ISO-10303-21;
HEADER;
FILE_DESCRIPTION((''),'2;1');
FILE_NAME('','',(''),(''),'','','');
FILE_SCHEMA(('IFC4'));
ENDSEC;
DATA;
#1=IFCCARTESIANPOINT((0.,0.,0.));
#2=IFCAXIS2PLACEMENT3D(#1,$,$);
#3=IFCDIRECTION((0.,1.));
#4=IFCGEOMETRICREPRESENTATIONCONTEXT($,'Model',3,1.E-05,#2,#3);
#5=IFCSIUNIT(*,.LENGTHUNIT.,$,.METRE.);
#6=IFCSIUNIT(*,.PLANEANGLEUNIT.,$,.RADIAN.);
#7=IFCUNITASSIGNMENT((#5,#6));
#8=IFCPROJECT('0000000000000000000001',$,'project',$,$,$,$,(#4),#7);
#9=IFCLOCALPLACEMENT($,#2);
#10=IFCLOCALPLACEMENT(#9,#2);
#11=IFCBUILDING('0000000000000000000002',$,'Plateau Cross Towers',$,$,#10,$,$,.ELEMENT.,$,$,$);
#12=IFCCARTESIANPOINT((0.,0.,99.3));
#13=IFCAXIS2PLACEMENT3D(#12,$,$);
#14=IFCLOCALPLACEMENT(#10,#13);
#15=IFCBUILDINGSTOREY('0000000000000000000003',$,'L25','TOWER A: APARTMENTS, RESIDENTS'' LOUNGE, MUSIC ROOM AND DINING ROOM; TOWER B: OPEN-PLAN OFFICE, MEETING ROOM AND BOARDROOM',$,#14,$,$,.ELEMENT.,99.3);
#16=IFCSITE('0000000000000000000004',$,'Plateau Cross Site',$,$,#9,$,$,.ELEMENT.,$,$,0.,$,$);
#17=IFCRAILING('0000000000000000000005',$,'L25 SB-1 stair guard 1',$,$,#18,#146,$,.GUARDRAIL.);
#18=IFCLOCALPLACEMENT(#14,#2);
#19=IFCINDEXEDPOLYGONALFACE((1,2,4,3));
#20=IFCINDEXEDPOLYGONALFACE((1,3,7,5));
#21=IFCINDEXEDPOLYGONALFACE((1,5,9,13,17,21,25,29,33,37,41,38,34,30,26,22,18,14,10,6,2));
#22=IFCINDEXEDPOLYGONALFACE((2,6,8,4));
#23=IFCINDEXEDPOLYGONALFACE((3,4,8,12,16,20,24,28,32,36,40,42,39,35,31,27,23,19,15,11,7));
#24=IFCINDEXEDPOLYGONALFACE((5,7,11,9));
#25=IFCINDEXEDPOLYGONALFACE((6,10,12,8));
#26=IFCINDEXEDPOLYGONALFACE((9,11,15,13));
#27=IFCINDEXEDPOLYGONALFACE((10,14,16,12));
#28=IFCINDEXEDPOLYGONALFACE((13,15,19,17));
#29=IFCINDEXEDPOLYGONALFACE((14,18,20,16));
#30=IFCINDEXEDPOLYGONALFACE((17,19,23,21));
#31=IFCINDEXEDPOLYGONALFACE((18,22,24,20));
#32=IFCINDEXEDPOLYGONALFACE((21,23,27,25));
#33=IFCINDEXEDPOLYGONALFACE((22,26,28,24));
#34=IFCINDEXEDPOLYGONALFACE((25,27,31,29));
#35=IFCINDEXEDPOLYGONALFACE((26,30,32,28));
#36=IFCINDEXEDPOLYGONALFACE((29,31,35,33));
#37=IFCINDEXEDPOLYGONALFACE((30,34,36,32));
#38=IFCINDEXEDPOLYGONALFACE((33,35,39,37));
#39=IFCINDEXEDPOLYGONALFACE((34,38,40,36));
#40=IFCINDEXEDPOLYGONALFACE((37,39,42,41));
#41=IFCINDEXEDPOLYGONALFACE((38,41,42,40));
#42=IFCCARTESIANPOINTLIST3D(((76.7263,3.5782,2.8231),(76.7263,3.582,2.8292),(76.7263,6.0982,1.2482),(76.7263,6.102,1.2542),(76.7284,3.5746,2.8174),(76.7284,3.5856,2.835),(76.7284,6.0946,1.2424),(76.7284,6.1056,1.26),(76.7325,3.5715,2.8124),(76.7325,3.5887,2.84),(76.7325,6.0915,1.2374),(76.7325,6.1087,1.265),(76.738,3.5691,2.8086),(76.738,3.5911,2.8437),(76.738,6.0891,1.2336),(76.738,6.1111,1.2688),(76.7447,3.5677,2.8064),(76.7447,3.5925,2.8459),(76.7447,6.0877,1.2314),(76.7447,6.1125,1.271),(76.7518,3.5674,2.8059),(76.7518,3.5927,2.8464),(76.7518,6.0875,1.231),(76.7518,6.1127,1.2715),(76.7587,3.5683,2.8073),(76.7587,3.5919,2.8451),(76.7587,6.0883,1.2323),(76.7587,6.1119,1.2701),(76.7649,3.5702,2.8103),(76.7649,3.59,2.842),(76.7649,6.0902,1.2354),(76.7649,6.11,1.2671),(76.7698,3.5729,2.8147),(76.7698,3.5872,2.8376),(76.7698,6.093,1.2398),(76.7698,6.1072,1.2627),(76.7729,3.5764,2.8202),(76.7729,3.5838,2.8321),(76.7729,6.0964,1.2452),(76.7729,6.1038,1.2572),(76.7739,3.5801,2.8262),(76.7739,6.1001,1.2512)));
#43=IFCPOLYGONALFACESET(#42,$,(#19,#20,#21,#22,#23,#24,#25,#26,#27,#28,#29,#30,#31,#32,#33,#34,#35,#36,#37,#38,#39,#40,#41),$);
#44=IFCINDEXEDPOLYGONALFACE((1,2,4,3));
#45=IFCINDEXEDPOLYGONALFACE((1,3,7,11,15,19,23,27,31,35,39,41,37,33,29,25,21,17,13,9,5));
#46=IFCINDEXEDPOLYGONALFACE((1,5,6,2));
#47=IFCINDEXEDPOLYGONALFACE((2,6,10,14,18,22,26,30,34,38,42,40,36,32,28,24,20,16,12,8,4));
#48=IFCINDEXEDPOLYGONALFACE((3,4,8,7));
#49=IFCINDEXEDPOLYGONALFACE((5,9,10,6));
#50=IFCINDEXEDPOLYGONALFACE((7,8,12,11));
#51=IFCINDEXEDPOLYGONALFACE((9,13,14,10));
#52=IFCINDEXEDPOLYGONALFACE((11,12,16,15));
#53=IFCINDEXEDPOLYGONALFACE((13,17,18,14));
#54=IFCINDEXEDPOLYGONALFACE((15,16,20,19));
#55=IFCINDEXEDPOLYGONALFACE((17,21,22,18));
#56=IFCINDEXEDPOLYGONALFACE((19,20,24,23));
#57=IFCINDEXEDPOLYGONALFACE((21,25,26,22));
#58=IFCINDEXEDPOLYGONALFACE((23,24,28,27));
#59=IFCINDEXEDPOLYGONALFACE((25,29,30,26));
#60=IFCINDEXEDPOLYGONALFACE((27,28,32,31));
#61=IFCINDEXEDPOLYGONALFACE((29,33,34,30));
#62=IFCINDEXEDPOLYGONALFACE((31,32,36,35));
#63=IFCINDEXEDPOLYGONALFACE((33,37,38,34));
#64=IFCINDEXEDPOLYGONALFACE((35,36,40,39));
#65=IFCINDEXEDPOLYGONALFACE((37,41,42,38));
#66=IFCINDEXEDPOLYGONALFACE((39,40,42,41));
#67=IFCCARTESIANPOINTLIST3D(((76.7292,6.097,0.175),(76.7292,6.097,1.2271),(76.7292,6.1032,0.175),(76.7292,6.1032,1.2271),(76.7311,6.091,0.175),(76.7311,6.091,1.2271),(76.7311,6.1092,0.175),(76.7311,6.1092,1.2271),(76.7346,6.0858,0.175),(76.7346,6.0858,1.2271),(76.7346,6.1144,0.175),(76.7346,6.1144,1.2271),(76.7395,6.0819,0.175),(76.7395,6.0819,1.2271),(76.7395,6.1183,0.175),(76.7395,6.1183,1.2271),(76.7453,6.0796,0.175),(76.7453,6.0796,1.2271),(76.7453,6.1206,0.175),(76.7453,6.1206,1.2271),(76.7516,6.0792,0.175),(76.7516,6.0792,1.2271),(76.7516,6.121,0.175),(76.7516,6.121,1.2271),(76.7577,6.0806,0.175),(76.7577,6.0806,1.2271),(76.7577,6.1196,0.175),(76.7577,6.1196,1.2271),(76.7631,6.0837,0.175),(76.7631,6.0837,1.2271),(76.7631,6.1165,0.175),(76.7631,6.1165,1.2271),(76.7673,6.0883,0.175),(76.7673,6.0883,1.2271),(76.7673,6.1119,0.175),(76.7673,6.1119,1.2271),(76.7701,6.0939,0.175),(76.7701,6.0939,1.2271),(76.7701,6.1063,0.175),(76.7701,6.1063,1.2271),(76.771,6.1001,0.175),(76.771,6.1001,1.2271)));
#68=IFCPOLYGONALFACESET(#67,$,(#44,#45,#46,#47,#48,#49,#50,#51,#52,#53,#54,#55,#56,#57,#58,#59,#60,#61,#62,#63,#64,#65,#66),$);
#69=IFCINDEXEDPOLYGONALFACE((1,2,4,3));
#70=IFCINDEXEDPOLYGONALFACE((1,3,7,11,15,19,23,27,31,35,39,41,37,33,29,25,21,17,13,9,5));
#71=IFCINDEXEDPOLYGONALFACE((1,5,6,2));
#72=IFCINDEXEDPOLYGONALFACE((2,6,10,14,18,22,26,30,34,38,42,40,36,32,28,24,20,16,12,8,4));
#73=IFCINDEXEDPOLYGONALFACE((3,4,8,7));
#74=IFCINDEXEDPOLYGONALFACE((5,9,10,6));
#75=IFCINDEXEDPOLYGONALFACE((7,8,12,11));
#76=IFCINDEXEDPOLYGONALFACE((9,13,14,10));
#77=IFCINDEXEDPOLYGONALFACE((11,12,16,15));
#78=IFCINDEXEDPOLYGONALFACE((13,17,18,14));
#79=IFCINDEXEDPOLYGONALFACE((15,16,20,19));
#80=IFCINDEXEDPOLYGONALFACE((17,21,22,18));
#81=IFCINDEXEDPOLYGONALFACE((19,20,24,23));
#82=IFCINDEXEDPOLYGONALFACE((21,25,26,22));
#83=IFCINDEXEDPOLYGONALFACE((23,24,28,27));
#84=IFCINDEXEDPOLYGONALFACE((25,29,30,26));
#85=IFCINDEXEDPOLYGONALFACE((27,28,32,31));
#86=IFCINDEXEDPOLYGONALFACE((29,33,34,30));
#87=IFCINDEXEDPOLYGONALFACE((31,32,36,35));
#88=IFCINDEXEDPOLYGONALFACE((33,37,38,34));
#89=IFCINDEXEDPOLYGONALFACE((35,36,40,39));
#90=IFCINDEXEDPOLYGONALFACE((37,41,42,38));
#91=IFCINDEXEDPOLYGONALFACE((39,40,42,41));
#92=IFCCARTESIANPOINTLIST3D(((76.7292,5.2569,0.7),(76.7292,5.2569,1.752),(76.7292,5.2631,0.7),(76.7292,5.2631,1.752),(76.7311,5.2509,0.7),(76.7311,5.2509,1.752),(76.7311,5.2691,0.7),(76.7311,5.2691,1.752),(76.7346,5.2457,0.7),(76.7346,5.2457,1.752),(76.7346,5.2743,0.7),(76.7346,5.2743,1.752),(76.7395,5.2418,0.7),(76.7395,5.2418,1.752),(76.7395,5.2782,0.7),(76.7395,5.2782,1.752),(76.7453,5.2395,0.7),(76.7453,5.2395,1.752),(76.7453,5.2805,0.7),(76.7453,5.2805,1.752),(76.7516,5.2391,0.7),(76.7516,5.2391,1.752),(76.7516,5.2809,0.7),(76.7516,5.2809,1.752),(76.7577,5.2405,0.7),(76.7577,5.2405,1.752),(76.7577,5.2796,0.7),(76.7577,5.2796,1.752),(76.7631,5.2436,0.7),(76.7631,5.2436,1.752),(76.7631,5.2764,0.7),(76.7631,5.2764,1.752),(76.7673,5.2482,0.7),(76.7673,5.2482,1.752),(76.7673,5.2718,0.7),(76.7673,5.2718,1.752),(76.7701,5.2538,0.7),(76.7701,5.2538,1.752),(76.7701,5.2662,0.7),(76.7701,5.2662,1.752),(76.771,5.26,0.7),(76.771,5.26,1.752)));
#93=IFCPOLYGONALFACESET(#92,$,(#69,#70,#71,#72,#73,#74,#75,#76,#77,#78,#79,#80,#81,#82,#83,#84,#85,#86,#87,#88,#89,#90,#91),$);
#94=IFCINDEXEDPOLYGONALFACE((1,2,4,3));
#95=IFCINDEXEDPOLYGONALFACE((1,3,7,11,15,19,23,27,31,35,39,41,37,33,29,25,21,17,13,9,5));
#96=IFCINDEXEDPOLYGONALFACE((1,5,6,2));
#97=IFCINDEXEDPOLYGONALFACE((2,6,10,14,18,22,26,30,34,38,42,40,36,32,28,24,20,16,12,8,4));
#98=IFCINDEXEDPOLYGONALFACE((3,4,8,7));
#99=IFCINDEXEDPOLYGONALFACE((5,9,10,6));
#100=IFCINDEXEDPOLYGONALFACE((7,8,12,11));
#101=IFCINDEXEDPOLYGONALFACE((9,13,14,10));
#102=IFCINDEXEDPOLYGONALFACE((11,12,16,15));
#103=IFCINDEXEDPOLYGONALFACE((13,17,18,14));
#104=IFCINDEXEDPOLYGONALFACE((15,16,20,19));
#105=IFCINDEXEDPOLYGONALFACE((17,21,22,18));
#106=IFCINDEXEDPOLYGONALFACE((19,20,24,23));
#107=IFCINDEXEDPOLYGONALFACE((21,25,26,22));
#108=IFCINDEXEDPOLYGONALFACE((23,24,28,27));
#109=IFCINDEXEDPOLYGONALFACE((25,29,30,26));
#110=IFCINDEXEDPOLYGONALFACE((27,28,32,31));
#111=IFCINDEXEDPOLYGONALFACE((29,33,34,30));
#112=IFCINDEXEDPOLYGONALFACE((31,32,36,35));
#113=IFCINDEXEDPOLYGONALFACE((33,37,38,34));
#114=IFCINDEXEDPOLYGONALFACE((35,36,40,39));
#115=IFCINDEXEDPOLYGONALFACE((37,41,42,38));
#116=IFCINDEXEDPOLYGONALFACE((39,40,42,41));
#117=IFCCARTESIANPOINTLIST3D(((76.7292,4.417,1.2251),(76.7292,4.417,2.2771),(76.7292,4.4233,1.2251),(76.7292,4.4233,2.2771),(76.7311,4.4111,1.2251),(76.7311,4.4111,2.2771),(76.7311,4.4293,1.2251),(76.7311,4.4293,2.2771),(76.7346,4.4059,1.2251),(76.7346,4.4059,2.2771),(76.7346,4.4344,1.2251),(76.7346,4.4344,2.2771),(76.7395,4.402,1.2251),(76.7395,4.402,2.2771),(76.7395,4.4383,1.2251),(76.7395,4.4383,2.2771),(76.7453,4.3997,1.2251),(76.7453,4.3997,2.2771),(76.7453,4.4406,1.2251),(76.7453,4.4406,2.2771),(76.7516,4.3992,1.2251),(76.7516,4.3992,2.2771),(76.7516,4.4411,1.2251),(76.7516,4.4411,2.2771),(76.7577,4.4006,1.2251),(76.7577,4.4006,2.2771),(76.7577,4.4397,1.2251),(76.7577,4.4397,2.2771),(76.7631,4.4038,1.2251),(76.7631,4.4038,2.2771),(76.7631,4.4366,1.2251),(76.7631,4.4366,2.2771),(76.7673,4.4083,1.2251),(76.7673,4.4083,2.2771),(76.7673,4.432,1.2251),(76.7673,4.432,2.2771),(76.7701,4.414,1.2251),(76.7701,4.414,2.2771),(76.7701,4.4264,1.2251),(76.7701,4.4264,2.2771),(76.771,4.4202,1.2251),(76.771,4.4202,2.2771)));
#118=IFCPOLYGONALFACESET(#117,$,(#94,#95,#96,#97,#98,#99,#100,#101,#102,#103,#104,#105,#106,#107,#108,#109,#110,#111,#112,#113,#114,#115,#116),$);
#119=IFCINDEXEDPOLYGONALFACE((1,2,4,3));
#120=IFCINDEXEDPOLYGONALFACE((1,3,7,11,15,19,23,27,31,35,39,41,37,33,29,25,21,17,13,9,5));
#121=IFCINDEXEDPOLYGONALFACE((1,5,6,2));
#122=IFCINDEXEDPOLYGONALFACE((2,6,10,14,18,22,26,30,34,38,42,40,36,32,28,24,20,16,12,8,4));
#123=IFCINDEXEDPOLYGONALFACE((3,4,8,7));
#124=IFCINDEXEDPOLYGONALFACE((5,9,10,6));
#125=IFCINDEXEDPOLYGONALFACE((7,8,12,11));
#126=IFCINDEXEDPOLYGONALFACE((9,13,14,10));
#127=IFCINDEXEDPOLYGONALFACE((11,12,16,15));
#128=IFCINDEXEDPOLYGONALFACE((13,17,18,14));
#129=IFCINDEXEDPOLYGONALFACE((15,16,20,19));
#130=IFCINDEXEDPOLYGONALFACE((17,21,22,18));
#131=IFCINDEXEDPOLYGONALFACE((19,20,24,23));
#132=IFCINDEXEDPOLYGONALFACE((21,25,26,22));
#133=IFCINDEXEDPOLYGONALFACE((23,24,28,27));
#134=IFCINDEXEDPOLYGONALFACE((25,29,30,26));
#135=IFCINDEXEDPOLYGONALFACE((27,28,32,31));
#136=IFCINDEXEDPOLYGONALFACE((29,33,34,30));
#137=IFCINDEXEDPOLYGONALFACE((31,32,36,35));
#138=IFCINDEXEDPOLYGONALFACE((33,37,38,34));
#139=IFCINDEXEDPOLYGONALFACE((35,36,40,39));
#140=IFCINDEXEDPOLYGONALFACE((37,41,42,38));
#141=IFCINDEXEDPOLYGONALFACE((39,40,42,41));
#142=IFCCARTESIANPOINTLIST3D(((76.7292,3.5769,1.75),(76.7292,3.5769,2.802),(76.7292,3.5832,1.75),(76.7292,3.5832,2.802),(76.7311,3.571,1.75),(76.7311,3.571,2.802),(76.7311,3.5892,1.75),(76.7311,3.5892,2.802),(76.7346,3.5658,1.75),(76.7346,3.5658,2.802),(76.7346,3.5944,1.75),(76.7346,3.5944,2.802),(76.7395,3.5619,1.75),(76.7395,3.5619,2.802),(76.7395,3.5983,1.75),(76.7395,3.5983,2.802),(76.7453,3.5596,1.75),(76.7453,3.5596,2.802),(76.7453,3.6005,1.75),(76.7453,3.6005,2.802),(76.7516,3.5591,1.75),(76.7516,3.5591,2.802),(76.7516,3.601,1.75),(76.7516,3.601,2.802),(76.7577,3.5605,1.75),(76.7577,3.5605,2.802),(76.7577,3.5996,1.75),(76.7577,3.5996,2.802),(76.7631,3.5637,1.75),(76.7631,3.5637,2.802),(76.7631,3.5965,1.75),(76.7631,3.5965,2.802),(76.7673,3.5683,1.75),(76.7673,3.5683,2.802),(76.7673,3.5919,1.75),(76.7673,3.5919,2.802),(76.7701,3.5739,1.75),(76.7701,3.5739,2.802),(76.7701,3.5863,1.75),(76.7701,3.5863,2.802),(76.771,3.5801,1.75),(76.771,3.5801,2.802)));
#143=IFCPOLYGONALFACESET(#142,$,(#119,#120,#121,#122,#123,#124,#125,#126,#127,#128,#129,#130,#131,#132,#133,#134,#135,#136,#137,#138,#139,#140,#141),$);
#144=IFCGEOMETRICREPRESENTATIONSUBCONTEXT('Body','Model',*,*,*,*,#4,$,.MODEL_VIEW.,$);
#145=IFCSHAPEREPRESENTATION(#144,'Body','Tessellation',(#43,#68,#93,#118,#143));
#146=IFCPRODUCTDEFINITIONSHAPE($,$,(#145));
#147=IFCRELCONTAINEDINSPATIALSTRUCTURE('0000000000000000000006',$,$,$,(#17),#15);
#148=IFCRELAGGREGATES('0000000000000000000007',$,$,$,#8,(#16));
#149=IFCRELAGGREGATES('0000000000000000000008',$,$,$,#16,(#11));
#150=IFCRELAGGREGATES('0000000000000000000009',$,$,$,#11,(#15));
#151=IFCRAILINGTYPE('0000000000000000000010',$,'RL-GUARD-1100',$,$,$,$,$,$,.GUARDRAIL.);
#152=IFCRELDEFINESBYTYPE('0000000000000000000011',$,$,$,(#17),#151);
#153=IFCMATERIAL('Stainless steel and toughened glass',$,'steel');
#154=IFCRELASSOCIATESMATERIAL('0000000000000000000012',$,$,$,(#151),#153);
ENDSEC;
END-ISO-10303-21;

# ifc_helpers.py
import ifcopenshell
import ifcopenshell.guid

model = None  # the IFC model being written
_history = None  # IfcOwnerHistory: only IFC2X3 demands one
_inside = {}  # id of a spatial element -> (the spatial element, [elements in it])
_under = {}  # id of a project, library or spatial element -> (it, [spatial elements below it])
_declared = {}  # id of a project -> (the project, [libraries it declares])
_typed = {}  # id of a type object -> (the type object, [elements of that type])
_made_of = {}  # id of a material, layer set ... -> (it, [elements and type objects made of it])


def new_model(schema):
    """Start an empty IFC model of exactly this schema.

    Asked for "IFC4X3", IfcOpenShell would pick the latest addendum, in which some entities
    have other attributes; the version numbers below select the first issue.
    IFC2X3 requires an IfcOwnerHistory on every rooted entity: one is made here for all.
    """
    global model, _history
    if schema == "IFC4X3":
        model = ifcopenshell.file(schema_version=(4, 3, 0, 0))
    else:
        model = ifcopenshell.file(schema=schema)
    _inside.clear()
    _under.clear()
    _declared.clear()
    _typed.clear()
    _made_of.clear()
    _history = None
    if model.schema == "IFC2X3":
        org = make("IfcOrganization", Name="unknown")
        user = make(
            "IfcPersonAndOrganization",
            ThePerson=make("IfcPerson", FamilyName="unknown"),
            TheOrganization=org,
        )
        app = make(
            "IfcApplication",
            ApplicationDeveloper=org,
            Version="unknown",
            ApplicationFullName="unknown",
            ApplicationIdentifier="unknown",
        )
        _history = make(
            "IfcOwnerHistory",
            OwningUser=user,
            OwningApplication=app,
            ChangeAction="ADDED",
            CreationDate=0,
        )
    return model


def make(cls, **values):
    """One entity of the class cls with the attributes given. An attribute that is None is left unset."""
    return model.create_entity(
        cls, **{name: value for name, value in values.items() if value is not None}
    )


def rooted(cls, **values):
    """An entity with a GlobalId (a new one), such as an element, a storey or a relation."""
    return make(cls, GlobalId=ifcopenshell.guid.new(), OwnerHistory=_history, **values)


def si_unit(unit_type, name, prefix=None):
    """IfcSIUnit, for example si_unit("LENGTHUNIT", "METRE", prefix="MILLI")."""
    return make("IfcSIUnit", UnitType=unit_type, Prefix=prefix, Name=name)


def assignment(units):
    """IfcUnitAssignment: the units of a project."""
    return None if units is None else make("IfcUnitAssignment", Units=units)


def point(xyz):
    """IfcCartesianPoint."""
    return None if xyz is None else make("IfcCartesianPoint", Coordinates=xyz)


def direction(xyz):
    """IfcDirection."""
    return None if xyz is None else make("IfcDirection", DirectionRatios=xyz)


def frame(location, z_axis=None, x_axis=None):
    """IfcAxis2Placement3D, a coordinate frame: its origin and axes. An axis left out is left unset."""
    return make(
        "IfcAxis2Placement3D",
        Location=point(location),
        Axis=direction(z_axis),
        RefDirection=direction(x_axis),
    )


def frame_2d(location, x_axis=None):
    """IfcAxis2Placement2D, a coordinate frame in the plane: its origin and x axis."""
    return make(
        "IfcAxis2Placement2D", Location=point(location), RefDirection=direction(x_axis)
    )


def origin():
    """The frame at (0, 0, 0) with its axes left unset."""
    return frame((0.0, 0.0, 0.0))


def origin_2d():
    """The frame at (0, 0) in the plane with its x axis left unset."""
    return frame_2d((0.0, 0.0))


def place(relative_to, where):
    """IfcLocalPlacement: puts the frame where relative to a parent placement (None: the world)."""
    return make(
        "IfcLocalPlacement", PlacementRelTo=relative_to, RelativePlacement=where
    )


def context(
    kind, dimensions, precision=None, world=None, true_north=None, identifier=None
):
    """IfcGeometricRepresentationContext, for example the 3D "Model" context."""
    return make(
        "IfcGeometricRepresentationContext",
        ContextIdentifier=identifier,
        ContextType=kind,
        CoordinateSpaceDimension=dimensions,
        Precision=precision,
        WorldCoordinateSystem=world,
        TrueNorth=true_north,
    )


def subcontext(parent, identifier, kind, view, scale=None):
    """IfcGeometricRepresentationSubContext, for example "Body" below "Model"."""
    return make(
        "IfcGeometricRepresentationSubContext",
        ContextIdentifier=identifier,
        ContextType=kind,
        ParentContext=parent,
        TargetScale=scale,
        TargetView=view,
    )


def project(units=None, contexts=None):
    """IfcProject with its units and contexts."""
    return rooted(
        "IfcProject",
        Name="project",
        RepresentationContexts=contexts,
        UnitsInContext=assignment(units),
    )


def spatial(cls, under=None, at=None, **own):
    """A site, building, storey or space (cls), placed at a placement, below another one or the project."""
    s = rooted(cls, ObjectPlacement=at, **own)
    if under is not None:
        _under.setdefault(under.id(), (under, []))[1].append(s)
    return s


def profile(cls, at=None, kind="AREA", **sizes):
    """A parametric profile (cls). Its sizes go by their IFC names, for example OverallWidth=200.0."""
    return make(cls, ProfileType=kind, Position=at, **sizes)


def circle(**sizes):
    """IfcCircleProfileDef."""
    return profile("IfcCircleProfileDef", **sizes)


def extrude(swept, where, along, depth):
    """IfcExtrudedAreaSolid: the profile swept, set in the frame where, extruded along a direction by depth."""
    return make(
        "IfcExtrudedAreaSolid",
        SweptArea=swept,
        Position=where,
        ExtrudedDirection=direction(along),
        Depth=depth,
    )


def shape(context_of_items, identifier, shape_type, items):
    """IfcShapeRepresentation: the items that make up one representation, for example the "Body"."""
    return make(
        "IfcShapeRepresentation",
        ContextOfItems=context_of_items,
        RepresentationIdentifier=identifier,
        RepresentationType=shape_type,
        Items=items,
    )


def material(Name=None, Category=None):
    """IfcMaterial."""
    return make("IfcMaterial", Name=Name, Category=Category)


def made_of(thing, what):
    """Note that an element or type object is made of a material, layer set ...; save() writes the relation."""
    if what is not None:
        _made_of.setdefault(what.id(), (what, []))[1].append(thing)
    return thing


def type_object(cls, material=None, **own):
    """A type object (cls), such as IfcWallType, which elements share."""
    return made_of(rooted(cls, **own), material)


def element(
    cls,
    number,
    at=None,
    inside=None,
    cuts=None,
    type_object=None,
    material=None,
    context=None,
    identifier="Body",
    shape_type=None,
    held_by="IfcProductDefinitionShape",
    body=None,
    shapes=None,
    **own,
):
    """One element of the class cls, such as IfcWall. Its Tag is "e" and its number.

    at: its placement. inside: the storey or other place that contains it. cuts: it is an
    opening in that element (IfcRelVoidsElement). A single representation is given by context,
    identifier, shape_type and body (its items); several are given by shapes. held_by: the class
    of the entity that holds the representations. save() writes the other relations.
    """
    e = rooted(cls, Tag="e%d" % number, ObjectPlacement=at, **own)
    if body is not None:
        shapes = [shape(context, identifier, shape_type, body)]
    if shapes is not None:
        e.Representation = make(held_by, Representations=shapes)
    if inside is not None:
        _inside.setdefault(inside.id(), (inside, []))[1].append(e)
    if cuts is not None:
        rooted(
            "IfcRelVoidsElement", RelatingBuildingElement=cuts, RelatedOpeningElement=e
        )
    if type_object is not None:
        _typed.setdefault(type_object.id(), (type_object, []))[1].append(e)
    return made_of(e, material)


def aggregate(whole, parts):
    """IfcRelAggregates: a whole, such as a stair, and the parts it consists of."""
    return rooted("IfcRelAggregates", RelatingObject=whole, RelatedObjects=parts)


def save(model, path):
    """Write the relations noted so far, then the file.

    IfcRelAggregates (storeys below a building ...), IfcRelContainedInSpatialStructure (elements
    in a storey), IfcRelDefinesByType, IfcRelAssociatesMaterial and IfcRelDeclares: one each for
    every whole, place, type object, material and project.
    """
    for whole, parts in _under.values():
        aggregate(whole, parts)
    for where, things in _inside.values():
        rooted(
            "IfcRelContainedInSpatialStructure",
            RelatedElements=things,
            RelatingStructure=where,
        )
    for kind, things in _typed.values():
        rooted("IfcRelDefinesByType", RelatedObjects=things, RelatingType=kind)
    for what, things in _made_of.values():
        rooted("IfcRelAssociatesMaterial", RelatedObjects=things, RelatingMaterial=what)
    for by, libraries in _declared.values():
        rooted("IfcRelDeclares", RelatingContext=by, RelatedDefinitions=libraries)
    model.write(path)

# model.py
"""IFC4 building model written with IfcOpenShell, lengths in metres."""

from ifc_helpers import new_model, si_unit, direction, frame, origin, origin_2d, place, context, subcontext, project, spatial, circle, extrude, material, type_object, element, save


model = new_model("IFC4")

# Units and contexts
model_context = context("Model", 3, precision=1e-05, world=origin(), true_north=direction((0.0, 1.0)))
body_context = subcontext(model_context, "Body", "Model", "MODEL_VIEW")
ifc_project = project(units=[si_unit("LENGTHUNIT", "METRE"), si_unit("PLANEANGLEUNIT", "RADIAN")], contexts=[model_context])

# Site, building, storey
site_placement = place(None, origin())
site = spatial("IfcSite", under=ifc_project, at=site_placement, Name="Plateau Cross Site", CompositionType="ELEMENT", RefElevation=0.0)
building_placement = place(site_placement, origin())
building = spatial("IfcBuilding", under=site, at=building_placement, Name="Plateau Cross Towers", CompositionType="ELEMENT")
storey_placement = place(building_placement, frame((0.0, 0.0, 99.3)))
storey = spatial("IfcBuildingStorey", under=building, at=storey_placement, Name="L25", Description="TOWER A: APARTMENTS, RESIDENTS' LOUNGE, MUSIC ROOM AND DINING ROOM; TOWER B: OPEN-PLAN OFFICE, MEETING ROOM AND BOARDROOM", CompositionType="ELEMENT", Elevation=99.3)

# Railing
ifc_material_1 = material(Name="Stainless steel and toughened glass", Category="steel")
railing_type_1 = type_object("IfcRailingType", Name="RL-GUARD-1100", PredefinedType="GUARDRAIL", material=ifc_material_1)
railing_1_placement = place(storey_placement, frame((76.75, 6.1001, 0.175)))
element("IfcRailing", 1, at=railing_1_placement, inside=storey, type_object=railing_type_1, Name="L25 SB-1 stair guard 1", PredefinedType="GUARDRAIL", context=body_context, shape_type="SweptSolid", body=[
    extrude(circle(Radius=0.0239, at=origin_2d()), frame((0.0, 0.0, 1.0762), z_axis=(0.0, -0.848008, 0.529984), x_axis=(1.0, 0.0, 0.0)), (0.0, 0.0, 1.0), 2.9717),
    extrude(circle(Radius=0.021, at=origin_2d()), origin(), (0.0, 0.0, 1.0), 1.052),
    extrude(circle(Radius=0.021, at=origin_2d()), frame((0.0, -0.8401, 0.5249)), (0.0, 0.0, 1.0), 1.052),
    extrude(circle(Radius=0.021, at=origin_2d()), frame((0.0, -1.6799, 1.05)), (0.0, 0.0, 1.0), 1.052),
    extrude(circle(Radius=0.021, at=origin_2d()), frame((0.0, -2.52, 1.575)), (0.0, 0.0, 1.0), 1.052),
])

save(model, "model.ifc")
